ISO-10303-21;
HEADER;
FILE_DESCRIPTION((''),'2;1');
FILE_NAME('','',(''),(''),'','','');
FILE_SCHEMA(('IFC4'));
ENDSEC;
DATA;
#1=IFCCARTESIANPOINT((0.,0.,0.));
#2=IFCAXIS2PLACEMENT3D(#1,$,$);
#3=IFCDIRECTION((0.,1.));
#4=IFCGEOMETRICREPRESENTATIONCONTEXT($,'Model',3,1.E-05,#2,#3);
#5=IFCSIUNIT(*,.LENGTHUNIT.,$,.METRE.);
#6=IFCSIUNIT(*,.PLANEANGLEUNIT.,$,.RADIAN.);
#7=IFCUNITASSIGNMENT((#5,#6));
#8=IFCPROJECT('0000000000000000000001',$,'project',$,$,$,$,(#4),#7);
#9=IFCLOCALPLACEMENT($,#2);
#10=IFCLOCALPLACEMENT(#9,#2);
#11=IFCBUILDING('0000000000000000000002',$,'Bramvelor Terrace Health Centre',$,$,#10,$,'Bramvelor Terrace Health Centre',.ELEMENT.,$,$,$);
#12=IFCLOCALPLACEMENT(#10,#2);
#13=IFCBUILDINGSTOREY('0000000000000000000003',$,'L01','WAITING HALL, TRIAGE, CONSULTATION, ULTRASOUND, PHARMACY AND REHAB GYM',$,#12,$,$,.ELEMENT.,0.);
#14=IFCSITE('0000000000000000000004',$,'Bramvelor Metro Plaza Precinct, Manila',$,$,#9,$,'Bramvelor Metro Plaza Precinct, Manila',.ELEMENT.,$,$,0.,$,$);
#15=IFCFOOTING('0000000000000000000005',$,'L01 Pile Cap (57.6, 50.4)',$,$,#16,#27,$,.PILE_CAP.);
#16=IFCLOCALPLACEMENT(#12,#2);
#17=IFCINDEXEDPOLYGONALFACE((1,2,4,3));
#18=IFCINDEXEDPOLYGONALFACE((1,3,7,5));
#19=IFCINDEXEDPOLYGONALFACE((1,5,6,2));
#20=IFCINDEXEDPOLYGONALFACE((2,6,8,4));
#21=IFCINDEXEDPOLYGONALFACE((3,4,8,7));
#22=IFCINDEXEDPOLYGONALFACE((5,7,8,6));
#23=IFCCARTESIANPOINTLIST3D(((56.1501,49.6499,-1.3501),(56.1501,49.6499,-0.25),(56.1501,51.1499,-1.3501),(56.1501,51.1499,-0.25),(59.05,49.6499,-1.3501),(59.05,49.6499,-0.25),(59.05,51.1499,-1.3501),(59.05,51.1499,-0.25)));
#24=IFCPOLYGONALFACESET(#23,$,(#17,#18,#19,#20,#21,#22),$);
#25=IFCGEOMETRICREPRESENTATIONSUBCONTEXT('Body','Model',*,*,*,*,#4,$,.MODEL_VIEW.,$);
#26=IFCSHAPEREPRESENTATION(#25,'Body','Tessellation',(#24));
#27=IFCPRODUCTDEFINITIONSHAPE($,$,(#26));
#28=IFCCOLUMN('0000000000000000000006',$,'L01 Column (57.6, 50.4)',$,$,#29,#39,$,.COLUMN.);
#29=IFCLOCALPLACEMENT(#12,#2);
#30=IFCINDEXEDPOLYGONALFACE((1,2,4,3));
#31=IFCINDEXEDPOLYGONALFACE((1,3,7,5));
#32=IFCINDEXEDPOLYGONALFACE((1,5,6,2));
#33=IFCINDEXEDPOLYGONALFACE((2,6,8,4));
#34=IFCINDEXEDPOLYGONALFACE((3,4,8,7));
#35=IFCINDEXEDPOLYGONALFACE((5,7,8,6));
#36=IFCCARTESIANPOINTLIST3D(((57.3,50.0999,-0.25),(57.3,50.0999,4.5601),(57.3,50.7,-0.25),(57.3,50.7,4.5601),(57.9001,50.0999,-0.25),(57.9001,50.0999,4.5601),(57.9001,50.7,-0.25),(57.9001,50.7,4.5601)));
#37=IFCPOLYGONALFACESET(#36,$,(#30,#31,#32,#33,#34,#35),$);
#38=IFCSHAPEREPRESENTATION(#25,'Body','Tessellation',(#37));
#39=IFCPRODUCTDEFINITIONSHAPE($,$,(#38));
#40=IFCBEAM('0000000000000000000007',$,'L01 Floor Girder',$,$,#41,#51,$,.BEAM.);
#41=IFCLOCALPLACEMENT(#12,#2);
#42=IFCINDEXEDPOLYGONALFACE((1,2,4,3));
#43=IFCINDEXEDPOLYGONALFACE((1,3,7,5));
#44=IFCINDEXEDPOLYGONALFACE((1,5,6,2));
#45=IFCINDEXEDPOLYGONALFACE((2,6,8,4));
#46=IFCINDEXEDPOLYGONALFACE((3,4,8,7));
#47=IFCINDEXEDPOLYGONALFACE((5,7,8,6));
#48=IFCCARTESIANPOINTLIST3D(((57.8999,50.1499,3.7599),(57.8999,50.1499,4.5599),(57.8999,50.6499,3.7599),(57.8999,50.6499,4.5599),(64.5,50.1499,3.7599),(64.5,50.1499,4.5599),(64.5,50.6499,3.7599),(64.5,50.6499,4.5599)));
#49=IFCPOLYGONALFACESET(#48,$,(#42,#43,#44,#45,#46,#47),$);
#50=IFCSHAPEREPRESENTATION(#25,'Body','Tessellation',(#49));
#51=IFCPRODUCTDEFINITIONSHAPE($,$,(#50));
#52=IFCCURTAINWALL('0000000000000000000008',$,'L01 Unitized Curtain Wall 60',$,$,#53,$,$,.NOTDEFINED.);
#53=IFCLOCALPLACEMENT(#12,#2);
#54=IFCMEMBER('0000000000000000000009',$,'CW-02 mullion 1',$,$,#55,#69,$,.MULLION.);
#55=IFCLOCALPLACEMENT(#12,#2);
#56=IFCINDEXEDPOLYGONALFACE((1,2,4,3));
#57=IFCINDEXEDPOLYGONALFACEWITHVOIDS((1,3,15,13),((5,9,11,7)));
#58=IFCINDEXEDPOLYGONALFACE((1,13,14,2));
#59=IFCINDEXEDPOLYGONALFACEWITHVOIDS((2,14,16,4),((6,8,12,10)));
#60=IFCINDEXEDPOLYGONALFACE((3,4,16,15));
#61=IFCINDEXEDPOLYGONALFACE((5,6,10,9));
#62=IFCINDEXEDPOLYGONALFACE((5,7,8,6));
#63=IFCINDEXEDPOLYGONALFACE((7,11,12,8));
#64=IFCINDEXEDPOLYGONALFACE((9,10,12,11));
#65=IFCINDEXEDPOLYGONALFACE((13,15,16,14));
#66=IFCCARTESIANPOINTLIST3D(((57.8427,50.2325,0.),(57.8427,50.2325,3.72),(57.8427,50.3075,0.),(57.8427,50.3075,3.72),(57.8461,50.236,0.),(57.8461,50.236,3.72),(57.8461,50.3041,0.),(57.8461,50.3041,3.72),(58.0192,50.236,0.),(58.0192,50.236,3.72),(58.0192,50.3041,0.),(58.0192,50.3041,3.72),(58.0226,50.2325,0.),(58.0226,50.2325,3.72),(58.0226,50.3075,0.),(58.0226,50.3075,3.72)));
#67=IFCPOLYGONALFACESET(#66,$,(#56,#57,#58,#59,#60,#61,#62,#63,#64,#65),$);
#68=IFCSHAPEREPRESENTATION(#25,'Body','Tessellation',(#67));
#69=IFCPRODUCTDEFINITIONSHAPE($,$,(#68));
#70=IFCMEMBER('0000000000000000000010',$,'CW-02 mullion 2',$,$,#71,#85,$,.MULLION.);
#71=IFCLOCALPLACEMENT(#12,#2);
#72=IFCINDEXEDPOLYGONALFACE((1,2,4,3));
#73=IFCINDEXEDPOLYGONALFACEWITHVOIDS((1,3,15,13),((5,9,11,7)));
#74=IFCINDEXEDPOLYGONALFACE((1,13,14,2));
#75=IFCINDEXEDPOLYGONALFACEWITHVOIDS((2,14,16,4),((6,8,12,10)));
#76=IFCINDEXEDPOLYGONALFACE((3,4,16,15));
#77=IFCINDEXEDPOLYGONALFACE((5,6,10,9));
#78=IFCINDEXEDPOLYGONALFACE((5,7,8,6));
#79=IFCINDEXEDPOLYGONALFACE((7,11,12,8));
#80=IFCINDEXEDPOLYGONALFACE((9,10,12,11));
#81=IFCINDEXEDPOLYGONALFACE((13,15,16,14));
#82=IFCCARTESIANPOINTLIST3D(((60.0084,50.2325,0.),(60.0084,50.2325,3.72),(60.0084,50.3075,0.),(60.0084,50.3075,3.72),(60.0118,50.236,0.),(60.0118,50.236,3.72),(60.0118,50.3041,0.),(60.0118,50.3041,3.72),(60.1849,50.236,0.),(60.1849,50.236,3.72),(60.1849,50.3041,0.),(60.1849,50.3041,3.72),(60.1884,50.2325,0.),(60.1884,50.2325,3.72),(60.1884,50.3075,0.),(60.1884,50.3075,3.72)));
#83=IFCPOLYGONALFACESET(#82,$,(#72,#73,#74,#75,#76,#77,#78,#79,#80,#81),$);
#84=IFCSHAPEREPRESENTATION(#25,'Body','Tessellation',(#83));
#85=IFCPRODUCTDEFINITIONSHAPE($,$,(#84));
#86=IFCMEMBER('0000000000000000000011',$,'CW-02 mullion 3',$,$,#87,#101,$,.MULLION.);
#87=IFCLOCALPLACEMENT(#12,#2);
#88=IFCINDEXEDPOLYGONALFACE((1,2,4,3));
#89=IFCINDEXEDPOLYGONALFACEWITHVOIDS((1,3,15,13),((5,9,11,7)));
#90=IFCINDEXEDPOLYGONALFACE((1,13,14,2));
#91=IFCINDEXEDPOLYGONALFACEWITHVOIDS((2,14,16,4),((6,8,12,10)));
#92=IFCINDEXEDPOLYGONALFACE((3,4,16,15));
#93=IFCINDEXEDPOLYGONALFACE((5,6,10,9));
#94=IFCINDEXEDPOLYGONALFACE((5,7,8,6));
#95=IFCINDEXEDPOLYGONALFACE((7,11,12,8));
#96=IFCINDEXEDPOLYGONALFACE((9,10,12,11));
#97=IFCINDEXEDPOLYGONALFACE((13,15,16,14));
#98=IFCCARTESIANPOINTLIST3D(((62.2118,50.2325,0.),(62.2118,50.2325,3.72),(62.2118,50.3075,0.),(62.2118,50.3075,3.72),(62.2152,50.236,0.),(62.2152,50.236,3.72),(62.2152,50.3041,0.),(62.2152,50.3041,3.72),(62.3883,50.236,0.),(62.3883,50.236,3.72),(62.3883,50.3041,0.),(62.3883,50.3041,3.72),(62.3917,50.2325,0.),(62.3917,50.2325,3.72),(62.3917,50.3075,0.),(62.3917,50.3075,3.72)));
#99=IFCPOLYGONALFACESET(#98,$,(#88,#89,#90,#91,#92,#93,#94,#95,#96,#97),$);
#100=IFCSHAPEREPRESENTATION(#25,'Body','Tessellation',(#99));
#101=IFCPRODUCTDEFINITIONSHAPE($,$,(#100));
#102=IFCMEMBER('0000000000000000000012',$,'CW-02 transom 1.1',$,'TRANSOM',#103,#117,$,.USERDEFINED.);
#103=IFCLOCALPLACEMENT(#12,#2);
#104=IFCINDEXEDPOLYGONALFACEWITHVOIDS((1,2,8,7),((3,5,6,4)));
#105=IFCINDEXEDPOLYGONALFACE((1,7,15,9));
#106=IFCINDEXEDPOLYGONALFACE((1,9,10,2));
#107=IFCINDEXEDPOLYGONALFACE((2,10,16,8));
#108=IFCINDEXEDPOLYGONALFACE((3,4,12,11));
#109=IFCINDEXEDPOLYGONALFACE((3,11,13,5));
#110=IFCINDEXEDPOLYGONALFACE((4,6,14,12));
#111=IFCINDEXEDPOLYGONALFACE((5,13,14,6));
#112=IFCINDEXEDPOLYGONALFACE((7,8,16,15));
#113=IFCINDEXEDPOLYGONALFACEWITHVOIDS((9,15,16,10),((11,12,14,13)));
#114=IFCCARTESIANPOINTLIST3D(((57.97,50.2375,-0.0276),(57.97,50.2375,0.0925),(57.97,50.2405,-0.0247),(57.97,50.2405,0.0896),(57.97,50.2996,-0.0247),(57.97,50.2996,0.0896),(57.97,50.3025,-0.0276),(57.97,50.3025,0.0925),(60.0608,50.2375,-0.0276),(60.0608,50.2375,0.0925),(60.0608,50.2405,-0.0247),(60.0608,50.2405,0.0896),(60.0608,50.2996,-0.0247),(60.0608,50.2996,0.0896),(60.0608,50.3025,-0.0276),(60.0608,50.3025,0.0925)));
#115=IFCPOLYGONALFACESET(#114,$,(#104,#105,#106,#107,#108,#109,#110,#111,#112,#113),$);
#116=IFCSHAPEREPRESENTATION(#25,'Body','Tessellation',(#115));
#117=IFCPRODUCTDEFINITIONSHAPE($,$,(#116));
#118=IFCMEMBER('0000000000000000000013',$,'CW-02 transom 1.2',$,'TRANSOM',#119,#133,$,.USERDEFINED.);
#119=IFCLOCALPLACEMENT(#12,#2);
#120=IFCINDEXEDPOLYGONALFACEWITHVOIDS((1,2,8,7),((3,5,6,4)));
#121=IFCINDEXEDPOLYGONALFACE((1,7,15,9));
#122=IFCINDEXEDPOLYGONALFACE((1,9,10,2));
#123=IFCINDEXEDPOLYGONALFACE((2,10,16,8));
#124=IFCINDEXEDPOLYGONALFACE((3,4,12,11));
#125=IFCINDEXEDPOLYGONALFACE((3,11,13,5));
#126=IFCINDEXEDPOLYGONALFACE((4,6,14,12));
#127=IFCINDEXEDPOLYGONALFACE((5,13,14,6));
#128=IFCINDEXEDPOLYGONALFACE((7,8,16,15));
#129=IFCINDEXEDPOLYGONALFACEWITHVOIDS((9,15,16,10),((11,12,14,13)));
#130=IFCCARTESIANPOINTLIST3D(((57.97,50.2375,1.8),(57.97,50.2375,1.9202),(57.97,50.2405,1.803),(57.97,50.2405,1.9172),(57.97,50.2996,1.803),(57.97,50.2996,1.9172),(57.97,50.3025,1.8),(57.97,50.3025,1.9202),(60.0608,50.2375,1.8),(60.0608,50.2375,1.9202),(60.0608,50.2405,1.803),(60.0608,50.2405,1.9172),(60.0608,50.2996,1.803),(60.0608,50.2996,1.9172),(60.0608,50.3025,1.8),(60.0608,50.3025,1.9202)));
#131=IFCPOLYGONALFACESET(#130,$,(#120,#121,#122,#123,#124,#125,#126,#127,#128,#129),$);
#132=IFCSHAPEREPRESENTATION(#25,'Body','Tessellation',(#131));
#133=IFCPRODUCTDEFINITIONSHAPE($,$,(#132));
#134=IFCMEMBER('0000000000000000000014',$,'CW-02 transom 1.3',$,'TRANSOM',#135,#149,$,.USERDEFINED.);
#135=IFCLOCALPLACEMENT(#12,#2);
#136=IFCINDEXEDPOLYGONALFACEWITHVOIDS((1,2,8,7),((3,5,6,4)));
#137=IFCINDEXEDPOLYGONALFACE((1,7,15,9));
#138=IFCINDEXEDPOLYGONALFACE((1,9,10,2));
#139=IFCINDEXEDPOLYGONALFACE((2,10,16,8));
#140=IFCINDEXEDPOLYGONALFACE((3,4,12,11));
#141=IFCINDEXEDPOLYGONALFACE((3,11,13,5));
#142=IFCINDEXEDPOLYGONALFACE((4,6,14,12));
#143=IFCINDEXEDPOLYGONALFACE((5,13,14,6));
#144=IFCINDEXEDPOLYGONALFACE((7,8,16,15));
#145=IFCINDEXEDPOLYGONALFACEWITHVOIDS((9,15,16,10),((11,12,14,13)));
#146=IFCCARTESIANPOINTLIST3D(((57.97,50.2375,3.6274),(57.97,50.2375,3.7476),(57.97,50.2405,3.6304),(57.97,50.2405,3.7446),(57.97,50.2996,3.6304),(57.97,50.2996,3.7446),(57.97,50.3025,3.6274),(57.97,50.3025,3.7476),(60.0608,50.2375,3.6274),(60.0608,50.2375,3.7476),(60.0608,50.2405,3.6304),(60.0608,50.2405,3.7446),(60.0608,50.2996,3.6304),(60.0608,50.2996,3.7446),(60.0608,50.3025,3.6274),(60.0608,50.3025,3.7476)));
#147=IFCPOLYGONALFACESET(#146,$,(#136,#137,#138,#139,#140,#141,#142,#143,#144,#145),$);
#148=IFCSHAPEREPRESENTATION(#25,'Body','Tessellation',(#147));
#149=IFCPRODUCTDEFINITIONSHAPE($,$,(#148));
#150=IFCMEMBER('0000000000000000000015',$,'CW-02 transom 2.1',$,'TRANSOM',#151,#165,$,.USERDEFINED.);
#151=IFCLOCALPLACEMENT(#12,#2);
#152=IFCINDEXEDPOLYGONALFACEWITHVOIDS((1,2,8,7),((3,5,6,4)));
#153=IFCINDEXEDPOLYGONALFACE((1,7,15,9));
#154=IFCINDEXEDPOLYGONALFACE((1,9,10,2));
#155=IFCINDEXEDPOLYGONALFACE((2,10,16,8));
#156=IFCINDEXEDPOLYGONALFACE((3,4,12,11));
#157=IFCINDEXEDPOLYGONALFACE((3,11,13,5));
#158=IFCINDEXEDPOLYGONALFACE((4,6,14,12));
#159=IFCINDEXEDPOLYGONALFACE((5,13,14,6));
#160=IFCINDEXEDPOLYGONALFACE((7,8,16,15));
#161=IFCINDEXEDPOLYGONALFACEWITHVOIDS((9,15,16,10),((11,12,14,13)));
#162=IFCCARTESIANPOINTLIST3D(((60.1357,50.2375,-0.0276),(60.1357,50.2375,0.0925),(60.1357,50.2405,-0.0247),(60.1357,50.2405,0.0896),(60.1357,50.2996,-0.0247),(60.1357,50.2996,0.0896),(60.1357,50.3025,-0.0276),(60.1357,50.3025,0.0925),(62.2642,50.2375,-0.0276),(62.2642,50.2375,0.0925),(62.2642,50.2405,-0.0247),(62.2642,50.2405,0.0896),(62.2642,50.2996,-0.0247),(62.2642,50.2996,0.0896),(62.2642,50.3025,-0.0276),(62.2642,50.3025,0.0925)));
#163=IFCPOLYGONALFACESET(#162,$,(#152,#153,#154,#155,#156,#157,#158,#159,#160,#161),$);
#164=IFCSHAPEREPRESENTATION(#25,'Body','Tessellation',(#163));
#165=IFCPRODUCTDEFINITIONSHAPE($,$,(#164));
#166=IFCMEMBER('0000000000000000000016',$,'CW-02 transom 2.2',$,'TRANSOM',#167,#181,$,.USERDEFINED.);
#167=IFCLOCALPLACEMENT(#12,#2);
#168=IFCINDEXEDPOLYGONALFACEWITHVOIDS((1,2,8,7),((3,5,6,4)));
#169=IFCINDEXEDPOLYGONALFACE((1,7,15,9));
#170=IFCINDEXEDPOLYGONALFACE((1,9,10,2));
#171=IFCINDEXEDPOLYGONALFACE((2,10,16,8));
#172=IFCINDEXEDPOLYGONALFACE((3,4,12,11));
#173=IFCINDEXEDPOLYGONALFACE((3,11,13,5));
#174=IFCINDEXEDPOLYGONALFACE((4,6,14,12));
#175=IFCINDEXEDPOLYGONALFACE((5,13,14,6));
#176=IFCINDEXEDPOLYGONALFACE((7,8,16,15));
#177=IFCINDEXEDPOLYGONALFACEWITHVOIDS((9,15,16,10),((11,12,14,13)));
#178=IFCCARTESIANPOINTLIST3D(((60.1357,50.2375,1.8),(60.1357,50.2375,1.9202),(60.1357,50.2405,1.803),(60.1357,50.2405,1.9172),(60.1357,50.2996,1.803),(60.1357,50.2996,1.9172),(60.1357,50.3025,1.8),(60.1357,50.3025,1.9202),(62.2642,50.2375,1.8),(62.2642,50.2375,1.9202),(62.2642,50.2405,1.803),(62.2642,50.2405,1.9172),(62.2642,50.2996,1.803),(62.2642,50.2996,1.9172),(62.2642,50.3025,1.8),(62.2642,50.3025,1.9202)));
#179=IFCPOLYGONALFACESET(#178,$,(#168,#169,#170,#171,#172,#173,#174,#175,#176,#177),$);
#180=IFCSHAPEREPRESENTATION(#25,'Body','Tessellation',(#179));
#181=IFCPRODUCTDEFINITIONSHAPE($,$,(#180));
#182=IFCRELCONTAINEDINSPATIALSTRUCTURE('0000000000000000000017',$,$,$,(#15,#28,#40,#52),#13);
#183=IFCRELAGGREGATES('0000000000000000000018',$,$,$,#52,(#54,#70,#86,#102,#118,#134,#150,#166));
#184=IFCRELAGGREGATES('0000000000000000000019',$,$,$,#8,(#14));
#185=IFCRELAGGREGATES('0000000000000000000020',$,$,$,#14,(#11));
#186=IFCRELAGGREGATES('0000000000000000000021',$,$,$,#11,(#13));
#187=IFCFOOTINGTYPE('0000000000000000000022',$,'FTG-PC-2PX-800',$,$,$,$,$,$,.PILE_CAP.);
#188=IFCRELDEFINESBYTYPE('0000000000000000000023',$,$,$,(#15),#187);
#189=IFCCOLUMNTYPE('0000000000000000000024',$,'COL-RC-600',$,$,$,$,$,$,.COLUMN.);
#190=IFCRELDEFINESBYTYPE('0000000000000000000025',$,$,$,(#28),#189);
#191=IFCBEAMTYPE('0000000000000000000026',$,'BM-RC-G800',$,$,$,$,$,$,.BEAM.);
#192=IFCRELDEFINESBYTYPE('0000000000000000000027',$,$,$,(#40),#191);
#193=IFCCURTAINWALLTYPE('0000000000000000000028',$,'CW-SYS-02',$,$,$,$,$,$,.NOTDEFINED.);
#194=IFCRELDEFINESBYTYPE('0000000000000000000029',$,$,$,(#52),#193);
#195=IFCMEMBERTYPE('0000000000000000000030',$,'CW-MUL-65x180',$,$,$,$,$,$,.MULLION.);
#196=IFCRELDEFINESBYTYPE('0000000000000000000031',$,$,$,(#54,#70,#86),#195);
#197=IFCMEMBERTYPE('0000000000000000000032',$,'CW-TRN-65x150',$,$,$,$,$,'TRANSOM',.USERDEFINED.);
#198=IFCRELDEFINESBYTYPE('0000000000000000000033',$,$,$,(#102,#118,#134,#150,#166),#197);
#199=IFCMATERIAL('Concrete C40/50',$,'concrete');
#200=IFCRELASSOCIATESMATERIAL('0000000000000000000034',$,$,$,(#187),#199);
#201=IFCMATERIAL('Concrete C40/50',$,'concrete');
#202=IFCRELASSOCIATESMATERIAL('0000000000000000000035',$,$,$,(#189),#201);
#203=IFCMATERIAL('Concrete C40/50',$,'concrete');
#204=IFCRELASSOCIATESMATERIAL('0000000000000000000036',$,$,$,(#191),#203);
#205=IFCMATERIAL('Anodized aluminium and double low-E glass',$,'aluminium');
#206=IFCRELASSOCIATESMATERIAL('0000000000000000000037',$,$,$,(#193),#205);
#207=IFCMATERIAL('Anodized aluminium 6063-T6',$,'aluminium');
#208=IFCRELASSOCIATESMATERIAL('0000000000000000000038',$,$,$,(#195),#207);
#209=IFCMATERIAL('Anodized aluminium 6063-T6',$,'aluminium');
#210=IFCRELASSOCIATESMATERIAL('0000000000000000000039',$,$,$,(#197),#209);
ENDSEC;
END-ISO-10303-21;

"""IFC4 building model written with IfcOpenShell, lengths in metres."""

from ifc_helpers import new_model, si_unit, direction, frame, origin, origin_2d, place, context, subcontext, project, spatial, rectangle, hollow_rectangle, extrude, material, material_profile, profile_set, type_object, element, aggregate, save


model = new_model("IFC4")

# Units and contexts
model_context = context("Model", 3, precision=1e-05, world=origin(), true_north=direction((0.0, 1.0)))
body_context = subcontext(model_context, "Body", "Model", "MODEL_VIEW")
ifc_project = project(units=[si_unit("LENGTHUNIT", "METRE"), si_unit("PLANEANGLEUNIT", "RADIAN")], contexts=[model_context])

# Site, building, storey
site_placement = place(None, origin())
site = spatial("IfcSite", under=ifc_project, at=site_placement, Name="Bramvelor Metro Plaza Precinct, Manila", LongName="Bramvelor Metro Plaza Precinct, Manila", CompositionType="ELEMENT", RefElevation=0.0)
building_placement = place(site_placement, origin())
building = spatial("IfcBuilding", under=site, at=building_placement, Name="Bramvelor Terrace Health Centre", LongName="Bramvelor Terrace Health Centre", CompositionType="ELEMENT")
storey_placement = place(building_placement, origin())
storey = spatial("IfcBuildingStorey", under=building, at=storey_placement, Name="L01", Description="WAITING HALL, TRIAGE, CONSULTATION, ULTRASOUND, PHARMACY AND REHAB GYM", CompositionType="ELEMENT", Elevation=0.0)

# Footing
ifc_material_1 = material(Name="Concrete C40/50", Category="concrete")
footing_type = type_object("IfcFootingType", Name="FTG-PC-2PX-800", PredefinedType="PILE_CAP", material=ifc_material_1)
footing_placement = place(storey_placement, frame((57.6001, 50.3999, -1.3501), z_axis=(0.0, 0.0, 1.0), x_axis=(1.0, 0.0, 0.0)))
element("IfcFooting", 1, at=footing_placement, inside=storey, type_object=footing_type, Name="L01 Pile Cap (57.6, 50.4)", PredefinedType="PILE_CAP", context=body_context, shape_type="SweptSolid", body=[
    extrude(rectangle(XDim=2.8999, YDim=1.5, at=origin_2d()), origin(), (0.0, 0.0, 1.0), 1.1001),
])

# Column
ifc_material_2 = material(Name="Concrete C40/50", Category="concrete")
ifc_material_profile_1 = material_profile(ifc_material_2, rectangle(XDim=0.6001, YDim=0.6001, at=origin_2d()), Name="RC 600x600")
ifc_profile_set_1 = profile_set([ifc_material_profile_1], Name="Concrete C40/50")
column_type = type_object("IfcColumnType", Name="COL-RC-600", PredefinedType="COLUMN", material=ifc_profile_set_1)
column_placement = place(storey_placement, frame((57.6001, 50.3999, -0.25), z_axis=(0.0, 0.0, 1.0), x_axis=(1.0, 0.0, 0.0)))
element("IfcColumn", 2, at=column_placement, inside=storey, type_object=column_type, Name="L01 Column (57.6, 50.4)", PredefinedType="COLUMN", context=body_context, shape_type="SweptSolid", body=[
    extrude(rectangle(XDim=0.6001, YDim=0.6001, at=origin_2d()), origin(), (0.0, 0.0, 1.0), 4.8101),
])

# Beam
ifc_material_3 = material(Name="Concrete C40/50", Category="concrete")
ifc_material_profile_2 = material_profile(ifc_material_3, rectangle(XDim=0.5, YDim=0.8, at=origin_2d()), Name="RC 500x800")
ifc_profile_set_2 = profile_set([ifc_material_profile_2], Name="Concrete C40/50")
beam_type = type_object("IfcBeamType", Name="BM-RC-G800", PredefinedType="BEAM", material=ifc_profile_set_2)
beam_placement = place(storey_placement, frame((57.8999, 50.3999, 4.1599), z_axis=(1.0, 0.0, 0.0), x_axis=(0.0, 1.0, 0.0)))
element("IfcBeam", 3, at=beam_placement, inside=storey, type_object=beam_type, Name="L01 Floor Girder", PredefinedType="BEAM", context=body_context, shape_type="SweptSolid", body=[
    extrude(rectangle(XDim=0.5, YDim=0.8, at=origin_2d()), origin(), (0.0, 0.0, 1.0), 6.6001),
])

# Curtain wall, members
ifc_material_4 = material(Name="Anodized aluminium and double low-E glass", Category="aluminium")
curtain_wall_type = type_object("IfcCurtainWallType", Name="CW-SYS-02", PredefinedType="NOTDEFINED", material=ifc_material_4)
curtain_wall_placement = place(storey_placement, origin())
curtain_wall = element("IfcCurtainWall", 4, at=curtain_wall_placement, inside=storey, type_object=curtain_wall_type, Name="L01 Unitized Curtain Wall 60", PredefinedType="NOTDEFINED")
ifc_material_5 = material(Name="Anodized aluminium 6063-T6", Category="aluminium")
ifc_material_profile_3 = material_profile(ifc_material_5, hollow_rectangle(XDim=0.075, YDim=0.1799, WallThickness=0.0034, at=origin_2d()), Name="ALU-MUL 75x180x3.5")
ifc_profile_set_3 = profile_set([ifc_material_profile_3], Name="Anodized aluminium 6063-T6")
member_type_1 = type_object("IfcMemberType", Name="CW-MUL-65x180", PredefinedType="MULLION", material=ifc_profile_set_3)
member_1_placement = place(storey_placement, frame((57.9326, 50.27, 0.0), z_axis=(0.0, 0.0, 1.0), x_axis=(0.0, 1.0, 0.0)))
member_1 = element("IfcMember", 5, at=member_1_placement, type_object=member_type_1, Name="CW-02 mullion 1", PredefinedType="MULLION", context=body_context, shape_type="SweptSolid", body=[
    extrude(hollow_rectangle(XDim=0.075, YDim=0.1799, WallThickness=0.0034, at=origin_2d()), origin(), (0.0, 0.0, 1.0), 3.72),
])
member_2_placement = place(storey_placement, frame((60.0984, 50.27, 0.0), z_axis=(0.0, 0.0, 1.0), x_axis=(0.0, 1.0, 0.0)))
member_2 = element("IfcMember", 6, at=member_2_placement, type_object=member_type_1, Name="CW-02 mullion 2", PredefinedType="MULLION", context=body_context, shape_type="SweptSolid", body=[
    extrude(hollow_rectangle(XDim=0.075, YDim=0.1799, WallThickness=0.0034, at=origin_2d()), origin(), (0.0, 0.0, 1.0), 3.72),
])
member_3_placement = place(storey_placement, frame((62.3018, 50.27, 0.0), z_axis=(0.0, 0.0, 1.0), x_axis=(0.0, 1.0, 0.0)))
member_3 = element("IfcMember", 7, at=member_3_placement, type_object=member_type_1, Name="CW-02 mullion 3", PredefinedType="MULLION", context=body_context, shape_type="SweptSolid", body=[
    extrude(hollow_rectangle(XDim=0.075, YDim=0.1799, WallThickness=0.0034, at=origin_2d()), origin(), (0.0, 0.0, 1.0), 3.72),
])
ifc_material_6 = material(Name="Anodized aluminium 6063-T6", Category="aluminium")
ifc_material_profile_4 = material_profile(ifc_material_6, hollow_rectangle(XDim=0.0649, YDim=0.1201, WallThickness=0.0029, at=origin_2d()), Name="ALU-TRN 65x120x3.0")
ifc_profile_set_4 = profile_set([ifc_material_profile_4], Name="Anodized aluminium 6063-T6")
member_type_2 = type_object("IfcMemberType", Name="CW-TRN-65x150", ElementType="TRANSOM", PredefinedType="USERDEFINED", material=ifc_profile_set_4)
member_4_placement = place(storey_placement, frame((57.97, 50.27, 0.0325), z_axis=(1.0, 0.0, 0.0), x_axis=(0.0, 1.0, 0.0)))
member_4 = element("IfcMember", 8, at=member_4_placement, type_object=member_type_2, Name="CW-02 transom 1.1", ObjectType="TRANSOM", PredefinedType="USERDEFINED", context=body_context, shape_type="SweptSolid", body=[
    extrude(hollow_rectangle(XDim=0.0649, YDim=0.1201, WallThickness=0.0029, at=origin_2d()), origin(), (0.0, 0.0, 1.0), 2.0908),
])
member_5_placement = place(storey_placement, frame((57.97, 50.27, 1.8601), z_axis=(1.0, 0.0, 0.0), x_axis=(0.0, 1.0, 0.0)))
member_5 = element("IfcMember", 9, at=member_5_placement, type_object=member_type_2, Name="CW-02 transom 1.2", ObjectType="TRANSOM", PredefinedType="USERDEFINED", context=body_context, shape_type="SweptSolid", body=[
    extrude(hollow_rectangle(XDim=0.0649, YDim=0.1201, WallThickness=0.0029, at=origin_2d()), origin(), (0.0, 0.0, 1.0), 2.0908),
])
member_6_placement = place(storey_placement, frame((57.97, 50.27, 3.6875), z_axis=(1.0, 0.0, 0.0), x_axis=(0.0, 1.0, 0.0)))
member_6 = element("IfcMember", 10, at=member_6_placement, type_object=member_type_2, Name="CW-02 transom 1.3", ObjectType="TRANSOM", PredefinedType="USERDEFINED", context=body_context, shape_type="SweptSolid", body=[
    extrude(hollow_rectangle(XDim=0.0649, YDim=0.1201, WallThickness=0.0029, at=origin_2d()), origin(), (0.0, 0.0, 1.0), 2.0908),
])
member_7_placement = place(storey_placement, frame((60.1357, 50.27, 0.0325), z_axis=(1.0, 0.0, 0.0), x_axis=(0.0, 1.0, 0.0)))
member_7 = element("IfcMember", 11, at=member_7_placement, type_object=member_type_2, Name="CW-02 transom 2.1", ObjectType="TRANSOM", PredefinedType="USERDEFINED", context=body_context, shape_type="SweptSolid", body=[
    extrude(hollow_rectangle(XDim=0.0649, YDim=0.1201, WallThickness=0.0029, at=origin_2d()), origin(), (0.0, 0.0, 1.0), 2.1284),
])
member_8_placement = place(storey_placement, frame((60.1357, 50.27, 1.8601), z_axis=(1.0, 0.0, 0.0), x_axis=(0.0, 1.0, 0.0)))
member_8 = element("IfcMember", 12, at=member_8_placement, type_object=member_type_2, Name="CW-02 transom 2.2", ObjectType="TRANSOM", PredefinedType="USERDEFINED", context=body_context, shape_type="SweptSolid", body=[
    extrude(hollow_rectangle(XDim=0.0649, YDim=0.1201, WallThickness=0.0029, at=origin_2d()), origin(), (0.0, 0.0, 1.0), 2.1284),
])
aggregate(curtain_wall, [member_1, member_2, member_3, member_4, member_5, member_6, member_7, member_8])

save(model, "model.ifc")
